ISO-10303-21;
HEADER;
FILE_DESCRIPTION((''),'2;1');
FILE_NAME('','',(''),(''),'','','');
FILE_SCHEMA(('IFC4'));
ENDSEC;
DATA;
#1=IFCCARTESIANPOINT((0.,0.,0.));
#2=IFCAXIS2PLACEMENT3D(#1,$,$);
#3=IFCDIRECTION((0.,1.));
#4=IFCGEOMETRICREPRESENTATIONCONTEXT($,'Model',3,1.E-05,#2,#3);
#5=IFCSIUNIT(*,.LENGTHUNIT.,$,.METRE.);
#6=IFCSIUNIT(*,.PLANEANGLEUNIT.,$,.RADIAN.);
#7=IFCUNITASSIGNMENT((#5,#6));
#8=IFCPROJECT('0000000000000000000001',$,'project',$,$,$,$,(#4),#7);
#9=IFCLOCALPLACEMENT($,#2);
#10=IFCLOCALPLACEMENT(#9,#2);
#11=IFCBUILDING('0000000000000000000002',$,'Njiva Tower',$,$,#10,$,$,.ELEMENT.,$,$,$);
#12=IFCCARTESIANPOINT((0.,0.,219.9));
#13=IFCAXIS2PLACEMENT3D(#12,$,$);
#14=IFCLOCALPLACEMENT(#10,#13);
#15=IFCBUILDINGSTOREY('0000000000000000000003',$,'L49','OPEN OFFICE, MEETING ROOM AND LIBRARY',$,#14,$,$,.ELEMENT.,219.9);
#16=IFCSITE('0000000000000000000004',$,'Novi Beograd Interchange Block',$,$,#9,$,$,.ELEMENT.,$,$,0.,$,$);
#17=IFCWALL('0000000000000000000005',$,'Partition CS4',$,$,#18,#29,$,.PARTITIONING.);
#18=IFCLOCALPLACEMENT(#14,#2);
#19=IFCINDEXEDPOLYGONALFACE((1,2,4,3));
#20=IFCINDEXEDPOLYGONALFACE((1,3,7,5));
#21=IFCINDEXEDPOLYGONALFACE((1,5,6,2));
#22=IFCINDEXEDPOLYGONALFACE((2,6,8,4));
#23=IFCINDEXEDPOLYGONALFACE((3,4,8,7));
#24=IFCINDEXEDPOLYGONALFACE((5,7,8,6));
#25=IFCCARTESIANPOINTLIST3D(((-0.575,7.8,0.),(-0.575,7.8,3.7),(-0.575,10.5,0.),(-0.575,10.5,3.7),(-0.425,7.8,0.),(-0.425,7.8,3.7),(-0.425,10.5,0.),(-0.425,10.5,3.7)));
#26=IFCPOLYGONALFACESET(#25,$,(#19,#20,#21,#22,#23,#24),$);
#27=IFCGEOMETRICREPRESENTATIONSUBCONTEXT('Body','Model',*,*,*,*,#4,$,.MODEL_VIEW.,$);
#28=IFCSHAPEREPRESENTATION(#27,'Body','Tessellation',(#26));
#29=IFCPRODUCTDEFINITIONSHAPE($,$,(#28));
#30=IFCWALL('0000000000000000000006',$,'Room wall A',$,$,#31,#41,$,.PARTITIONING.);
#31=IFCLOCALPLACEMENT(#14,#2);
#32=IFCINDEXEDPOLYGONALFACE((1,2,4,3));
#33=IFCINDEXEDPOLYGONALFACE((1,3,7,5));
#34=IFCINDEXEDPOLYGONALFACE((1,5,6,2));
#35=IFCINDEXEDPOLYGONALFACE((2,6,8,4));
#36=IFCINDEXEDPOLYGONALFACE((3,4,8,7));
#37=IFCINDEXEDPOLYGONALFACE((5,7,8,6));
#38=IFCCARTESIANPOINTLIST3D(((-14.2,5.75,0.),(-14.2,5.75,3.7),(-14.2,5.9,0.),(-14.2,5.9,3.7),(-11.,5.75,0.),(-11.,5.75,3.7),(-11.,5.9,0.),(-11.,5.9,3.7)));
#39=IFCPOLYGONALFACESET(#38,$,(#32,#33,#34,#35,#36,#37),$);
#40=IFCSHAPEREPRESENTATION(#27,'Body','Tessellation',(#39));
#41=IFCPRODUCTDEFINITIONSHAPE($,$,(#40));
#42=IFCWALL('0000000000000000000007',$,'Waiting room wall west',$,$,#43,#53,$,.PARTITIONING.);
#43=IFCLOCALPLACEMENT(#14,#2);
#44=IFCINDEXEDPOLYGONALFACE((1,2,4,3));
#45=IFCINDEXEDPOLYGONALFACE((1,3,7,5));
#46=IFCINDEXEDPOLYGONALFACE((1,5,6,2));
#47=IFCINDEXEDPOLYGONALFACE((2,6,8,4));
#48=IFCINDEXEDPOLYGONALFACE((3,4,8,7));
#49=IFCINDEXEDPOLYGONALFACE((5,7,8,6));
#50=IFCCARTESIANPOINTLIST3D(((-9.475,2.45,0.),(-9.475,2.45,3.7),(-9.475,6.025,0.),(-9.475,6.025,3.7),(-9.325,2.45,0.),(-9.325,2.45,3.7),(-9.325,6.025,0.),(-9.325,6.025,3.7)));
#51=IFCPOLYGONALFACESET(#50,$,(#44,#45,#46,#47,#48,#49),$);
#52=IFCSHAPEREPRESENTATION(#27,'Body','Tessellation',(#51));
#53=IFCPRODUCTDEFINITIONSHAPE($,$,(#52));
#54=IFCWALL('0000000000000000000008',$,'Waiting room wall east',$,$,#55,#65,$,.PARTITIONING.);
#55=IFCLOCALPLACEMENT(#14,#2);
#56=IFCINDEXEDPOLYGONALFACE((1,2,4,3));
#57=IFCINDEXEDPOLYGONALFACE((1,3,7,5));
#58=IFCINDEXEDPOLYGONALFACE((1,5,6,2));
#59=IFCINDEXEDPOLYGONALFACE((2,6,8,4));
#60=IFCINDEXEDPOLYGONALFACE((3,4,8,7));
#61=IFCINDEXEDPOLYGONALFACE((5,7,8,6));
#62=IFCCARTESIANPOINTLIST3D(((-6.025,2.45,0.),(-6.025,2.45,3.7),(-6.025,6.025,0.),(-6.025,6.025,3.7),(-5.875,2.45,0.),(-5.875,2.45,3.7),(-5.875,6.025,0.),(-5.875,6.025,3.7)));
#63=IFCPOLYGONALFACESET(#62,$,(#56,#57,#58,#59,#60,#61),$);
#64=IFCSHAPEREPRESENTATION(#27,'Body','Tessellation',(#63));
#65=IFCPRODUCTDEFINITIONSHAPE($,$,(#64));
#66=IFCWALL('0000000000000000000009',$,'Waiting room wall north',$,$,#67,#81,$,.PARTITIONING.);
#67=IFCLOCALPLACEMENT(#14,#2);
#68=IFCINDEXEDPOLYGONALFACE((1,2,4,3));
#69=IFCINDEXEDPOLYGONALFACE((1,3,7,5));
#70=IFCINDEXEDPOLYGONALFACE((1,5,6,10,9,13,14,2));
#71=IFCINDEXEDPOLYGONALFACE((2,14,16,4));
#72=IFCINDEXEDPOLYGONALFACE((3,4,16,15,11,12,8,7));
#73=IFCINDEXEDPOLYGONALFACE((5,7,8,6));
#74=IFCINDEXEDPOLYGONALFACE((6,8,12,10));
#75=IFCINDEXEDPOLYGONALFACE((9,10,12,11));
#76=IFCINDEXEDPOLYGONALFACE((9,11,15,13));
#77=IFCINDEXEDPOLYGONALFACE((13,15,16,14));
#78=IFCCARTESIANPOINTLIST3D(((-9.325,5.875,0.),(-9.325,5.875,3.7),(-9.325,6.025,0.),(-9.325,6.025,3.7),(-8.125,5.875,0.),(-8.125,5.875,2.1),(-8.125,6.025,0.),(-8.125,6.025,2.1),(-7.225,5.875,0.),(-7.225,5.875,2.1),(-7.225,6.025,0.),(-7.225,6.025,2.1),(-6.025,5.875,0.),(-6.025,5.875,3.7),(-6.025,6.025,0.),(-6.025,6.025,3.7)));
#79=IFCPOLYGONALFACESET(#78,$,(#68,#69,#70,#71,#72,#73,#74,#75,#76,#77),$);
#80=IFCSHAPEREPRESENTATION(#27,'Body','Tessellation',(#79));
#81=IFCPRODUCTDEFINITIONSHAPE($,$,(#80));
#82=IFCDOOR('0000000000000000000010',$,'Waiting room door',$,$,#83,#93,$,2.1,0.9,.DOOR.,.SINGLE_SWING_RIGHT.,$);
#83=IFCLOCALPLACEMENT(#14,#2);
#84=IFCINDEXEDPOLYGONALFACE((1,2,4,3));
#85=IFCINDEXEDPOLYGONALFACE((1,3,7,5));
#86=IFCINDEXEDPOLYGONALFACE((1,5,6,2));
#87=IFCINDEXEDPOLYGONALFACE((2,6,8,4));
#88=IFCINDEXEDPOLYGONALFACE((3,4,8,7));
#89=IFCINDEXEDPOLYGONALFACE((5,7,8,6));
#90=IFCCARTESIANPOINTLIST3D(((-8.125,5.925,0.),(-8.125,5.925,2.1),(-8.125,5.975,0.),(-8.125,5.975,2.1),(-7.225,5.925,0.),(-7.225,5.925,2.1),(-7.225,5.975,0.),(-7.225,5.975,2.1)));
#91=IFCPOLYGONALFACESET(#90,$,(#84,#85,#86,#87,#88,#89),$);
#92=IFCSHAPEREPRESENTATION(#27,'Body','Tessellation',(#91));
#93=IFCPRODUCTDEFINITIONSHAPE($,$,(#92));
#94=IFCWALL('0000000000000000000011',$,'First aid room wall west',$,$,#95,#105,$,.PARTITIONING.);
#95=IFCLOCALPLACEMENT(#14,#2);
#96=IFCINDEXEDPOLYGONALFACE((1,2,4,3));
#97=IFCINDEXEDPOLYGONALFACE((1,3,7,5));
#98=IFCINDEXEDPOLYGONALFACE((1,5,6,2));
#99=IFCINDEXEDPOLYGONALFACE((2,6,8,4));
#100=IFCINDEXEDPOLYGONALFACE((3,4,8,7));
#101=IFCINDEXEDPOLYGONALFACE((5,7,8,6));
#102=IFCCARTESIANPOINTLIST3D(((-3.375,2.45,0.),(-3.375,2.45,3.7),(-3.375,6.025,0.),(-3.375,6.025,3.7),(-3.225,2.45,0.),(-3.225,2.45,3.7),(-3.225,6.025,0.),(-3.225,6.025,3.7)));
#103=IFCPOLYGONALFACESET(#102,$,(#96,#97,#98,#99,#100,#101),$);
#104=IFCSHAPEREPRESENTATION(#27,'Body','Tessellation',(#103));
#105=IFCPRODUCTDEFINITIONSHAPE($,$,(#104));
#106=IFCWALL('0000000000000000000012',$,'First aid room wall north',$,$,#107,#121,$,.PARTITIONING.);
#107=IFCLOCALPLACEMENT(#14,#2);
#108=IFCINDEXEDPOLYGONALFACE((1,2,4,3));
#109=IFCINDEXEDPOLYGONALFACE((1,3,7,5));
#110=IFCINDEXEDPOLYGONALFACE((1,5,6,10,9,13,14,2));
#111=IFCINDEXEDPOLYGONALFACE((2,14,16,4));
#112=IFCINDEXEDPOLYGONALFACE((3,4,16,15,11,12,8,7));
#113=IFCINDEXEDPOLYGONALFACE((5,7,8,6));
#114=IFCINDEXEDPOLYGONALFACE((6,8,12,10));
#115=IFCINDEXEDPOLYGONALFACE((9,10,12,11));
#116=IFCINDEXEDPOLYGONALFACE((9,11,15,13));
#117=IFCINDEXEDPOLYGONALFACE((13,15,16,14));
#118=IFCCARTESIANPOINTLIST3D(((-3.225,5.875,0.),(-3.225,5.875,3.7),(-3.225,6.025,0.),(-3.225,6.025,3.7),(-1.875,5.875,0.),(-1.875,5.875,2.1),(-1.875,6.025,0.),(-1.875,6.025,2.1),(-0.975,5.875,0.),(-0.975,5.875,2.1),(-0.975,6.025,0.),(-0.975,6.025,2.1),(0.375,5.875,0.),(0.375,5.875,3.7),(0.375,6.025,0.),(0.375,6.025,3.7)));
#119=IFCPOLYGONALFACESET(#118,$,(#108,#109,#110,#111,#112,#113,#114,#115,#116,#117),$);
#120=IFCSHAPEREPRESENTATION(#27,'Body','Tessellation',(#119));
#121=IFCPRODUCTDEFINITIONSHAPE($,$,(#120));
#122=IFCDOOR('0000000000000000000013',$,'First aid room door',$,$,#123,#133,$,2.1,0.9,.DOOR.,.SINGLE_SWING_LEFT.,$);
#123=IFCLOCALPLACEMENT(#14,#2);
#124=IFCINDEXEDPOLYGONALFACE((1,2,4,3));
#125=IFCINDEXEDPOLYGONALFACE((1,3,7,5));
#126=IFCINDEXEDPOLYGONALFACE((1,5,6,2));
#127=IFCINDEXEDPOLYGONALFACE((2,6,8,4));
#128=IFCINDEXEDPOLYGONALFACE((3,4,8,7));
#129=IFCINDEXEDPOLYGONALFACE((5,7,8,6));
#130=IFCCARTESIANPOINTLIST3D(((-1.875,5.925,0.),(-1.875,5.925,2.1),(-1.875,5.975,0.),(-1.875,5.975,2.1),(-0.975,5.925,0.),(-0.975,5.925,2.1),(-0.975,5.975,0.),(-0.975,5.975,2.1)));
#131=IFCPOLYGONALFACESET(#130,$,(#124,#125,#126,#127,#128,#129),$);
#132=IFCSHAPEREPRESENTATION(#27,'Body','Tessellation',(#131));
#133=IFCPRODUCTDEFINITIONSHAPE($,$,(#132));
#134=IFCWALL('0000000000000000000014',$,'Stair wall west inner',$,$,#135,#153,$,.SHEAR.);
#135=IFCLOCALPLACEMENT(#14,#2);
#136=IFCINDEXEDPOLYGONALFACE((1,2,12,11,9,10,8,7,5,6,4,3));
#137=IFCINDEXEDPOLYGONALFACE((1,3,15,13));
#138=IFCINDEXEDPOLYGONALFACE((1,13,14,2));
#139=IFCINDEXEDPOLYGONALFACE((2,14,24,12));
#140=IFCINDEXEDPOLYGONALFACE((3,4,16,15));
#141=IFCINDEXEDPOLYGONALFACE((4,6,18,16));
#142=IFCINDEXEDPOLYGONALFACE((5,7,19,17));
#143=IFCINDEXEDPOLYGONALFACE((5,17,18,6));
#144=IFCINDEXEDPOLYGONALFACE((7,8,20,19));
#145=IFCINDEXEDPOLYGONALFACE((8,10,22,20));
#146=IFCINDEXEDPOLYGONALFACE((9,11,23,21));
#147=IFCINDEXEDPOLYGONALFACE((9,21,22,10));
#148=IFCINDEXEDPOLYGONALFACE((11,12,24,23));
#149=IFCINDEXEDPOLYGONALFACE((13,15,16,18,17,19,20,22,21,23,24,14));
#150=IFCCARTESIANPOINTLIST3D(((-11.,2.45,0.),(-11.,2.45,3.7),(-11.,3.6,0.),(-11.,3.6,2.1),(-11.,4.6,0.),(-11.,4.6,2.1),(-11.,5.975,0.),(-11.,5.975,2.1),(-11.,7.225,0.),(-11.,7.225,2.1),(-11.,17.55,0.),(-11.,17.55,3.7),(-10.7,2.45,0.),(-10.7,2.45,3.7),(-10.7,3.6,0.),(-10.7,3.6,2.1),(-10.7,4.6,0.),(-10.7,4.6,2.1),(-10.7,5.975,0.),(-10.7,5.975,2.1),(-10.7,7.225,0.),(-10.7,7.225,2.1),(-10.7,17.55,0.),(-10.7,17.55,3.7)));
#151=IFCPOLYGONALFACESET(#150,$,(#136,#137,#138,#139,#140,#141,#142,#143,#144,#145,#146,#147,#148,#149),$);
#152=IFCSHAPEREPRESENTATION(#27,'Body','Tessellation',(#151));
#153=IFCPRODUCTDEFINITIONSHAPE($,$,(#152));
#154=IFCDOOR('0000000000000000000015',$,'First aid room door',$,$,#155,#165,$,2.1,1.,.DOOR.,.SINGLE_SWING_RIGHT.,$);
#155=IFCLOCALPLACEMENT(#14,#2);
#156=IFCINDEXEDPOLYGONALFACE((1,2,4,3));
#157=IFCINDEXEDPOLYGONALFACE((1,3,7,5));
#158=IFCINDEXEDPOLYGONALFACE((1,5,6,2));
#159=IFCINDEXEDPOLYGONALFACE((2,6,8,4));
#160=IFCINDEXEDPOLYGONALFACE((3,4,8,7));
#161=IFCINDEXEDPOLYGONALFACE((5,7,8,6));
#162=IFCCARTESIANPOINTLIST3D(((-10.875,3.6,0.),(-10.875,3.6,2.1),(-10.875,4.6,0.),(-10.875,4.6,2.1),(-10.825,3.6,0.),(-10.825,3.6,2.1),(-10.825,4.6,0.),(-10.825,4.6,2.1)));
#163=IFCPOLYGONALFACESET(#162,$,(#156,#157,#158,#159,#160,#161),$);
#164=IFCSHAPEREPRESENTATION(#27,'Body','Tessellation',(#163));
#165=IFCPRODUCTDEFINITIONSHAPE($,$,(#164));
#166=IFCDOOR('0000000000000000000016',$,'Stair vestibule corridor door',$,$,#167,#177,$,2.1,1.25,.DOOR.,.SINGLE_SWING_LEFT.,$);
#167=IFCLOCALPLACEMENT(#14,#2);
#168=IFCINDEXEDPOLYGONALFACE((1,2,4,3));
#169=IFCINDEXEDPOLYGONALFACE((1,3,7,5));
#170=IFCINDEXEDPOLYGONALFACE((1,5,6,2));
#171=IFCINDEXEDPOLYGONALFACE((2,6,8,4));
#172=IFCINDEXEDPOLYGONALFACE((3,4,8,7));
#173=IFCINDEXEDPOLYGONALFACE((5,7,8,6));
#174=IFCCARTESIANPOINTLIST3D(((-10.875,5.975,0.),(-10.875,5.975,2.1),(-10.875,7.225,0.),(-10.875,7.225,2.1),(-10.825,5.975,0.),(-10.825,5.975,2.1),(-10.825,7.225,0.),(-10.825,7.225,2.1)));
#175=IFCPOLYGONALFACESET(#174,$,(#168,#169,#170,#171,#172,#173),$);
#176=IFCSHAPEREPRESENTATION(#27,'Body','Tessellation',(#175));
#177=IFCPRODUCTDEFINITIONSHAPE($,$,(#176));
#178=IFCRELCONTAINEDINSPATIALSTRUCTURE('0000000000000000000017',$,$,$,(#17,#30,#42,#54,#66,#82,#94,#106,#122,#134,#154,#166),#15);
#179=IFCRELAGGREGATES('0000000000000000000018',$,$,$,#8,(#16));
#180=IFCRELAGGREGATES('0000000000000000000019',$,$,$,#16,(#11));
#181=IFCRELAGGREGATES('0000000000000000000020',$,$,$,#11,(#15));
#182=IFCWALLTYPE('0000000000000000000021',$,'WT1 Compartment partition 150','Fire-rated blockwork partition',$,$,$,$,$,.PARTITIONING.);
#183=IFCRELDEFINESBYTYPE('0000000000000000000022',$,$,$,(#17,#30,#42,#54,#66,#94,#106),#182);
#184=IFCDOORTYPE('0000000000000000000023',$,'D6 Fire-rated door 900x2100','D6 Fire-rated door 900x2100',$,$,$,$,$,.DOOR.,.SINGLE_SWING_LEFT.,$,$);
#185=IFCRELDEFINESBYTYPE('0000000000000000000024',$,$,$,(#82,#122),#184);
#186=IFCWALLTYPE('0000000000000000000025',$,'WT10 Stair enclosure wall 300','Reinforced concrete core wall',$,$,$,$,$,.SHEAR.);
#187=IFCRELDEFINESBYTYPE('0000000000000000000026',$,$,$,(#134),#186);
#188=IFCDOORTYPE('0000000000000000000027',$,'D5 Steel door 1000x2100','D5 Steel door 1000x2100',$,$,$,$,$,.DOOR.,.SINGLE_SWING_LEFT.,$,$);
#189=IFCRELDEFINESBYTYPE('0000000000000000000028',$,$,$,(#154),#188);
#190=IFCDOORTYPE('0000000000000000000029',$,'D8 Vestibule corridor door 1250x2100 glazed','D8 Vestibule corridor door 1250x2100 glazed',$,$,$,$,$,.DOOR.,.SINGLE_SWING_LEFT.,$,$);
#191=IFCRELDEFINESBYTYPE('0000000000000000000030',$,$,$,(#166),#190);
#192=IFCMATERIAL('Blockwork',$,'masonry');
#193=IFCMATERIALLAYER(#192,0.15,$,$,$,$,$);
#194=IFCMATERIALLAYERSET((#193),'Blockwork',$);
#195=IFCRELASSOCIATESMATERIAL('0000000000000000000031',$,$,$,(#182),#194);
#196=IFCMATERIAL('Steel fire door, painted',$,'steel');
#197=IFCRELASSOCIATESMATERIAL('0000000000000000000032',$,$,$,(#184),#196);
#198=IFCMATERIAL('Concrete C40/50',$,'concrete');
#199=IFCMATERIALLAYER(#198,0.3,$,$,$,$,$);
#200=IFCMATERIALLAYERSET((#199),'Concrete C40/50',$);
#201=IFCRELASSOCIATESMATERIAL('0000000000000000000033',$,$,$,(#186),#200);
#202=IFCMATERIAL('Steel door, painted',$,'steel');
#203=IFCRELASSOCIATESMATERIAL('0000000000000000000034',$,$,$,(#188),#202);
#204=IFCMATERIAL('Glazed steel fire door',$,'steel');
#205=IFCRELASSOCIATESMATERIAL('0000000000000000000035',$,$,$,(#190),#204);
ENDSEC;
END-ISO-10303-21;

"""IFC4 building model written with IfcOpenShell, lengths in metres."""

from ifc_helpers import new_model, si_unit, direction, frame, frame_2d, origin, place, context, subcontext, project, spatial, rectangle, extrude, material, layer, layer_set, type_object, element, fill, save


model = new_model("IFC4")

# Units and contexts
model_context = context("Model", 3, precision=1e-05, world=origin(), true_north=direction((0.0, 1.0)))
body_context = subcontext(model_context, "Body", "Model", "MODEL_VIEW")
ifc_project = project(units=[si_unit("LENGTHUNIT", "METRE"), si_unit("PLANEANGLEUNIT", "RADIAN")], contexts=[model_context])

# Site, building, storey
site_placement = place(None, origin())
site = spatial("IfcSite", under=ifc_project, at=site_placement, Name="Novi Beograd Interchange Block", CompositionType="ELEMENT", RefElevation=0.0)
building_placement = place(site_placement, origin())
building = spatial("IfcBuilding", under=site, at=building_placement, Name="Njiva Tower", CompositionType="ELEMENT")
storey_placement = place(building_placement, frame((0.0, 0.0, 219.9)))
storey = spatial("IfcBuildingStorey", under=building, at=storey_placement, Name="L49", Description="OPEN OFFICE, MEETING ROOM AND LIBRARY", CompositionType="ELEMENT", Elevation=219.9)

# Walls
ifc_material_1 = material(Name="Blockwork", Category="masonry")
ifc_layer_1 = layer(ifc_material_1, 0.15)
ifc_layer_set_1 = layer_set([ifc_layer_1], Name="Blockwork")
wall_type_1 = type_object("IfcWallType", Name="WT1 Compartment partition 150", Description="Fire-rated blockwork partition", PredefinedType="PARTITIONING", material=ifc_layer_set_1)
wall_1_placement = place(storey_placement, frame((-0.5, 7.8, 0.0), z_axis=(0.0, 0.0, 1.0), x_axis=(0.0, 1.0, 0.0)))
element("IfcWall", 1, at=wall_1_placement, inside=storey, type_object=wall_type_1, Name="Partition CS4", PredefinedType="PARTITIONING", context=body_context, shape_type="SweptSolid", body=[
    extrude(rectangle(XDim=2.7, YDim=0.15, at=frame_2d((1.35, 0.0))), origin(), (0.0, 0.0, 1.0), 3.7),
])
wall_2_placement = place(storey_placement, frame((-14.2, 5.825, 0.0), z_axis=(0.0, 0.0, 1.0), x_axis=(1.0, 0.0, 0.0)))
element("IfcWall", 2, at=wall_2_placement, inside=storey, type_object=wall_type_1, Name="Room wall A", PredefinedType="PARTITIONING", context=body_context, shape_type="SweptSolid", body=[
    extrude(rectangle(XDim=3.2, YDim=0.15, at=frame_2d((1.6, 0.0))), origin(), (0.0, 0.0, 1.0), 3.7),
])
for number, where, z_axis, x_axis, name in (
    (3, (-9.4, 2.45, 0.0), (0.0, 0.0, 1.0), (0.0, 1.0, 0.0), "Waiting room wall west"),
    (4, (-5.95, 2.45, 0.0), (0.0, 0.0, 1.0), (0.0, 1.0, 0.0), "Waiting room wall east"),
):
    element("IfcWall", number, at=place(storey_placement, frame(where, z_axis=z_axis, x_axis=x_axis)), inside=storey, type_object=wall_type_1, Name=name, PredefinedType="PARTITIONING", context=body_context, shape_type="SweptSolid", body=[
        extrude(rectangle(XDim=3.575, YDim=0.15, at=frame_2d((1.7875, 0.0))), origin(), (0.0, 0.0, 1.0), 3.7),
    ])

# Wall, opening, door
wall_3_placement = place(storey_placement, frame((-9.325, 5.95, 0.0), z_axis=(0.0, 0.0, 1.0), x_axis=(1.0, 0.0, 0.0)))
wall_3 = element("IfcWall", 5, at=wall_3_placement, inside=storey, type_object=wall_type_1, Name="Waiting room wall north", PredefinedType="PARTITIONING", context=body_context, shape_type="SweptSolid", body=[
    extrude(rectangle(XDim=3.3, YDim=0.15, at=frame_2d((1.65, 0.0))), origin(), (0.0, 0.0, 1.0), 3.7),
])
opening_1_placement = place(wall_3_placement, frame((1.2, 0.0, 0.0)))
opening_1 = element("IfcOpeningElement", 6, at=opening_1_placement, cuts=wall_3, PredefinedType="OPENING", context=body_context, shape_type="SweptSolid", body=[
    extrude(rectangle(XDim=0.9, YDim=2.1, at=frame_2d((0.45, 1.05))), frame((0.0, 0.085, 0.0), z_axis=(0.0, -1.0, 0.0), x_axis=(1.0, 0.0, 0.0)), (0.0, 0.0, 1.0), 0.17),
])
ifc_material_2 = material(Name="Steel fire door, painted", Category="steel")
door_type_1 = type_object("IfcDoorType", Name="D6 Fire-rated door 900x2100", Description="D6 Fire-rated door 900x2100", OperationType="SINGLE_SWING_LEFT", PredefinedType="DOOR", material=ifc_material_2)
door_1_placement = place(opening_1_placement, origin())
door_1 = element("IfcDoor", 7, at=door_1_placement, inside=storey, type_object=door_type_1, Name="Waiting room door", OperationType="SINGLE_SWING_RIGHT", OverallHeight=2.1, OverallWidth=0.9, PredefinedType="DOOR", context=body_context, shape_type="SweptSolid", body=[
    extrude(rectangle(XDim=0.9, YDim=2.1, at=frame_2d((0.45, 1.05))), frame((0.0, 0.025, 0.0), z_axis=(0.0, -1.0, 0.0), x_axis=(1.0, 0.0, 0.0)), (0.0, 0.0, 1.0), 0.05),
])
fill(opening_1, door_1)

# Wall
wall_4_placement = place(storey_placement, frame((-3.3, 2.45, 0.0), z_axis=(0.0, 0.0, 1.0), x_axis=(0.0, 1.0, 0.0)))
element("IfcWall", 8, at=wall_4_placement, inside=storey, type_object=wall_type_1, Name="First aid room wall west", PredefinedType="PARTITIONING", context=body_context, shape_type="SweptSolid", body=[
    extrude(rectangle(XDim=3.575, YDim=0.15, at=frame_2d((1.7875, 0.0))), origin(), (0.0, 0.0, 1.0), 3.7),
])

# Wall, opening, door
wall_5_placement = place(storey_placement, frame((-3.225, 5.95, 0.0), z_axis=(0.0, 0.0, 1.0), x_axis=(1.0, 0.0, 0.0)))
wall_5 = element("IfcWall", 9, at=wall_5_placement, inside=storey, type_object=wall_type_1, Name="First aid room wall north", PredefinedType="PARTITIONING", context=body_context, shape_type="SweptSolid", body=[
    extrude(rectangle(XDim=3.6, YDim=0.15, at=frame_2d((1.8, 0.0))), origin(), (0.0, 0.0, 1.0), 3.7),
])
opening_2_placement = place(wall_5_placement, frame((1.35, 0.0, 0.0)))
opening_2 = element("IfcOpeningElement", 10, at=opening_2_placement, cuts=wall_5, PredefinedType="OPENING", context=body_context, shape_type="SweptSolid", body=[
    extrude(rectangle(XDim=0.9, YDim=2.1, at=frame_2d((0.45, 1.05))), frame((0.0, 0.085, 0.0), z_axis=(0.0, -1.0, 0.0), x_axis=(1.0, 0.0, 0.0)), (0.0, 0.0, 1.0), 0.17),
])
door_2_placement = place(opening_2_placement, origin())
door_2 = element("IfcDoor", 11, at=door_2_placement, inside=storey, type_object=door_type_1, Name="First aid room door", OperationType="SINGLE_SWING_LEFT", OverallHeight=2.1, OverallWidth=0.9, PredefinedType="DOOR", context=body_context, shape_type="SweptSolid", body=[
    extrude(rectangle(XDim=0.9, YDim=2.1, at=frame_2d((0.45, 1.05))), frame((0.0, 0.025, 0.0), z_axis=(0.0, -1.0, 0.0), x_axis=(1.0, 0.0, 0.0)), (0.0, 0.0, 1.0), 0.05),
])
fill(opening_2, door_2)

# Wall, openings, doors
ifc_material_3 = material(Name="Concrete C40/50", Category="concrete")
ifc_layer_2 = layer(ifc_material_3, 0.3)
ifc_layer_set_2 = layer_set([ifc_layer_2], Name="Concrete C40/50")
wall_type_2 = type_object("IfcWallType", Name="WT10 Stair enclosure wall 300", Description="Reinforced concrete core wall", PredefinedType="SHEAR", material=ifc_layer_set_2)
wall_6_placement = place(storey_placement, frame((-10.85, 2.45, 0.0), z_axis=(0.0, 0.0, 1.0), x_axis=(0.0, 1.0, 0.0)))
wall_6 = element("IfcWall", 12, at=wall_6_placement, inside=storey, type_object=wall_type_2, Name="Stair wall west inner", PredefinedType="SHEAR", context=body_context, shape_type="SweptSolid", body=[
    extrude(rectangle(XDim=15.1, YDim=0.3, at=frame_2d((7.55, 0.0))), origin(), (0.0, 0.0, 1.0), 3.7),
])
opening_3_placement = place(wall_6_placement, frame((3.525, 0.0, 0.0)))
opening_3 = element("IfcOpeningElement", 13, at=opening_3_placement, cuts=wall_6, PredefinedType="OPENING", context=body_context, shape_type="SweptSolid", body=[
    extrude(rectangle(XDim=1.25, YDim=2.1, at=frame_2d((0.625, 1.05))), frame((0.0, 0.16, 0.0), z_axis=(0.0, -1.0, 0.0), x_axis=(1.0, 0.0, 0.0)), (0.0, 0.0, 1.0), 0.32),
])
opening_4_placement = place(wall_6_placement, frame((1.15, 0.0, 0.0)))
opening_4 = element("IfcOpeningElement", 14, at=opening_4_placement, cuts=wall_6, PredefinedType="OPENING", context=body_context, shape_type="SweptSolid", body=[
    extrude(rectangle(XDim=1.0, YDim=2.1, at=frame_2d((0.5, 1.05))), frame((0.0, 0.16, 0.0), z_axis=(0.0, -1.0, 0.0), x_axis=(1.0, 0.0, 0.0)), (0.0, 0.0, 1.0), 0.32),
])
ifc_material_4 = material(Name="Steel door, painted", Category="steel")
door_type_2 = type_object("IfcDoorType", Name="D5 Steel door 1000x2100", Description="D5 Steel door 1000x2100", OperationType="SINGLE_SWING_LEFT", PredefinedType="DOOR", material=ifc_material_4)
door_3_placement = place(opening_4_placement, origin())
door_3 = element("IfcDoor", 15, at=door_3_placement, inside=storey, type_object=door_type_2, Name="First aid room door", OperationType="SINGLE_SWING_RIGHT", OverallHeight=2.1, OverallWidth=1.0, PredefinedType="DOOR", context=body_context, shape_type="SweptSolid", body=[
    extrude(rectangle(XDim=1.0, YDim=2.1, at=frame_2d((0.5, 1.05))), frame((0.0, 0.025, 0.0), z_axis=(0.0, -1.0, 0.0), x_axis=(1.0, 0.0, 0.0)), (0.0, 0.0, 1.0), 0.05),
])
fill(opening_4, door_3)
ifc_material_5 = material(Name="Glazed steel fire door", Category="steel")
door_type_3 = type_object("IfcDoorType", Name="D8 Vestibule corridor door 1250x2100 glazed", Description="D8 Vestibule corridor door 1250x2100 glazed", OperationType="SINGLE_SWING_LEFT", PredefinedType="DOOR", material=ifc_material_5)
door_4_placement = place(opening_3_placement, origin())
door_4 = element("IfcDoor", 16, at=door_4_placement, inside=storey, type_object=door_type_3, Name="Stair vestibule corridor door", OperationType="SINGLE_SWING_LEFT", OverallHeight=2.1, OverallWidth=1.25, PredefinedType="DOOR", context=body_context, shape_type="SweptSolid", body=[
    extrude(rectangle(XDim=1.25, YDim=2.1, at=frame_2d((0.625, 1.05))), frame((0.0, 0.025, 0.0), z_axis=(0.0, -1.0, 0.0), x_axis=(1.0, 0.0, 0.0)), (0.0, 0.0, 1.0), 0.05),
])
fill(opening_3, door_4)

save(model, "model.ifc")
